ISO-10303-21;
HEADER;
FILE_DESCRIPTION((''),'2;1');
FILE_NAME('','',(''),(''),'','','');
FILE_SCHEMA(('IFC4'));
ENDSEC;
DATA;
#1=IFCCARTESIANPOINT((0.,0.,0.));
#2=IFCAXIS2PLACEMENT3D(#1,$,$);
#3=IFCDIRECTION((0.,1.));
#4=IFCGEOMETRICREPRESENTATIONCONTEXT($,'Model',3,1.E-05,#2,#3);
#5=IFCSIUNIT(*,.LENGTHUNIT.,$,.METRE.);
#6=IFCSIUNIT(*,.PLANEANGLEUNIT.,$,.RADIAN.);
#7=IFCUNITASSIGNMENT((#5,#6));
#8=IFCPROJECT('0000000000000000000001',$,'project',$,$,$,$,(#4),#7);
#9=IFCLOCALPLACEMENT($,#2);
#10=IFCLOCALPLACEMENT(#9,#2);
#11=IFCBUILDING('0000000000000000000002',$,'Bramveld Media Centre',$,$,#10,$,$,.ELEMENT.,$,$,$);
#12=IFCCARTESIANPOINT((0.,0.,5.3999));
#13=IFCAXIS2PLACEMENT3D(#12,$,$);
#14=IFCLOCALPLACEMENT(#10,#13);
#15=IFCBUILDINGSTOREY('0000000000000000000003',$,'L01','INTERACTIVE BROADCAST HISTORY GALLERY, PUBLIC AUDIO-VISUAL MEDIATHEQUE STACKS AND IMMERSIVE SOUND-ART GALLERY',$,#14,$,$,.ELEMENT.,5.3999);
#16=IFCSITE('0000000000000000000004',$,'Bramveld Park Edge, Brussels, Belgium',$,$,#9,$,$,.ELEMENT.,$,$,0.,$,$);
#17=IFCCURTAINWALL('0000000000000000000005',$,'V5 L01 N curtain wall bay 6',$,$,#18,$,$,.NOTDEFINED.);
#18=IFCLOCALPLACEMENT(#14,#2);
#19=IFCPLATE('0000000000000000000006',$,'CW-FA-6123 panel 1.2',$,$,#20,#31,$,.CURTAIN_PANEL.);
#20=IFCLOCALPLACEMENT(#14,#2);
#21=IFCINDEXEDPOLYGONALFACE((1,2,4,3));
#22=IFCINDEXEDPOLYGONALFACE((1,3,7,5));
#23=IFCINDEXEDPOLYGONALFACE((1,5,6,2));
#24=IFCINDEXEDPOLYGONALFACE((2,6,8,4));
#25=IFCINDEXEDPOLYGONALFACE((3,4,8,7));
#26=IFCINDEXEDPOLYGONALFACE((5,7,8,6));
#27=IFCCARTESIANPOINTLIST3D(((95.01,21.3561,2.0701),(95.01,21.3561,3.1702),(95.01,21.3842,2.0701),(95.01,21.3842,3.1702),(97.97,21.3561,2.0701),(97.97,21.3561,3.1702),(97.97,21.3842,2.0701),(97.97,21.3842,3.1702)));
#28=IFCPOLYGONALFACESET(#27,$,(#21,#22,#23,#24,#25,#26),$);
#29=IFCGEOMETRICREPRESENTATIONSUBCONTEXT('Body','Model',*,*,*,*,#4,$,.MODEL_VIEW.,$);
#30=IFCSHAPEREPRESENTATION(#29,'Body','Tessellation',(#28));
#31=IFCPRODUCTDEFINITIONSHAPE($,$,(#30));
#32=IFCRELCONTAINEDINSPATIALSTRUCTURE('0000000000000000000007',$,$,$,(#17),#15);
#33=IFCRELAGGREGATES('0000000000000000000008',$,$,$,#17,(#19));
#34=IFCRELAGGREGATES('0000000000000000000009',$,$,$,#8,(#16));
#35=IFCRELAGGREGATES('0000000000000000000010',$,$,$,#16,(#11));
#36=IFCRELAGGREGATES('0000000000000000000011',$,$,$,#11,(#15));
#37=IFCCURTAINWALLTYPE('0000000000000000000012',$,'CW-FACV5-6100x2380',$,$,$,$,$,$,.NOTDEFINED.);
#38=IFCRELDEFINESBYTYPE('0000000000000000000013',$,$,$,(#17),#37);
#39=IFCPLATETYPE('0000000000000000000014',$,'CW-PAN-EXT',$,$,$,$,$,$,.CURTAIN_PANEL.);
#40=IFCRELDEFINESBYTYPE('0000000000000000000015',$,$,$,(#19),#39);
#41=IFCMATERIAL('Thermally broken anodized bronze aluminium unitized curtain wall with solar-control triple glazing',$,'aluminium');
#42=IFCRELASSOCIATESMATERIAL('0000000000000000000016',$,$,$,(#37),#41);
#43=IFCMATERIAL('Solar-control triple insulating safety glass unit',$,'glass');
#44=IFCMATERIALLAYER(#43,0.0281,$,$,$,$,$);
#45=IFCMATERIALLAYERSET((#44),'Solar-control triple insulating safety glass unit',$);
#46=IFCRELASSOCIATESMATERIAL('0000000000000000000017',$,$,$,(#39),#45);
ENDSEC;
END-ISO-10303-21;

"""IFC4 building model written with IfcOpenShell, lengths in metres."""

from ifc_helpers import new_model, si_unit, direction, frame, origin, origin_2d, place, context, subcontext, project, spatial, rectangle, extrude, material, layer, layer_set, type_object, element, aggregate, save


model = new_model("IFC4")

# Units and contexts
model_context = context("Model", 3, precision=1e-05, world=origin(), true_north=direction((0.0, 1.0)))
body_context = subcontext(model_context, "Body", "Model", "MODEL_VIEW")
ifc_project = project(units=[si_unit("LENGTHUNIT", "METRE"), si_unit("PLANEANGLEUNIT", "RADIAN")], contexts=[model_context])

# Site, building, storey
site_placement = place(None, origin())
site = spatial("IfcSite", under=ifc_project, at=site_placement, Name="Bramveld Park Edge, Brussels, Belgium", CompositionType="ELEMENT", RefElevation=0.0)
building_placement = place(site_placement, origin())
building = spatial("IfcBuilding", under=site, at=building_placement, Name="Bramveld Media Centre", CompositionType="ELEMENT")
storey_placement = place(building_placement, frame((0.0, 0.0, 5.3999)))
storey = spatial("IfcBuildingStorey", under=building, at=storey_placement, Name="L01", Description="INTERACTIVE BROADCAST HISTORY GALLERY, PUBLIC AUDIO-VISUAL MEDIATHEQUE STACKS AND IMMERSIVE SOUND-ART GALLERY", CompositionType="ELEMENT", Elevation=5.3999)

# Shared definitions
ifc_material_1 = material(Name="Thermally broken anodized bronze aluminium unitized curtain wall with solar-control triple glazing", Category="aluminium")
curtain_wall_type = type_object("IfcCurtainWallType", Name="CW-FACV5-6100x2380", PredefinedType="NOTDEFINED", material=ifc_material_1)

# Curtain wall
curtain_wall_1_placement = place(storey_placement, origin())
curtain_wall_1 = element("IfcCurtainWall", 1, at=curtain_wall_1_placement, inside=storey, type_object=curtain_wall_type, Name="V5 L01 N curtain wall bay 6", PredefinedType="NOTDEFINED")

# Plate
ifc_material_2 = material(Name="Solar-control triple insulating safety glass unit", Category="glass")
ifc_layer = layer(ifc_material_2, 0.0281)
ifc_layer_set = layer_set([ifc_layer], Name="Solar-control triple insulating safety glass unit")
plate_type = type_object("IfcPlateType", Name="CW-PAN-EXT", PredefinedType="CURTAIN_PANEL", material=ifc_layer_set)
plate_1_placement = place(storey_placement, frame((96.49, 21.3701, 2.0701), z_axis=(0.0, 0.0, 1.0), x_axis=(1.0, 0.0, 0.0)))
plate_1 = element("IfcPlate", 2, at=plate_1_placement, type_object=plate_type, Name="CW-FA-6123 panel 1.2", PredefinedType="CURTAIN_PANEL", context=body_context, shape_type="SweptSolid", body=[
    extrude(rectangle(XDim=2.96, YDim=0.0281, at=origin_2d()), origin(), (0.0, 0.0, 1.0), 1.1001),
])
aggregate(curtain_wall_1, [plate_1])

save(model, "model.ifc")
